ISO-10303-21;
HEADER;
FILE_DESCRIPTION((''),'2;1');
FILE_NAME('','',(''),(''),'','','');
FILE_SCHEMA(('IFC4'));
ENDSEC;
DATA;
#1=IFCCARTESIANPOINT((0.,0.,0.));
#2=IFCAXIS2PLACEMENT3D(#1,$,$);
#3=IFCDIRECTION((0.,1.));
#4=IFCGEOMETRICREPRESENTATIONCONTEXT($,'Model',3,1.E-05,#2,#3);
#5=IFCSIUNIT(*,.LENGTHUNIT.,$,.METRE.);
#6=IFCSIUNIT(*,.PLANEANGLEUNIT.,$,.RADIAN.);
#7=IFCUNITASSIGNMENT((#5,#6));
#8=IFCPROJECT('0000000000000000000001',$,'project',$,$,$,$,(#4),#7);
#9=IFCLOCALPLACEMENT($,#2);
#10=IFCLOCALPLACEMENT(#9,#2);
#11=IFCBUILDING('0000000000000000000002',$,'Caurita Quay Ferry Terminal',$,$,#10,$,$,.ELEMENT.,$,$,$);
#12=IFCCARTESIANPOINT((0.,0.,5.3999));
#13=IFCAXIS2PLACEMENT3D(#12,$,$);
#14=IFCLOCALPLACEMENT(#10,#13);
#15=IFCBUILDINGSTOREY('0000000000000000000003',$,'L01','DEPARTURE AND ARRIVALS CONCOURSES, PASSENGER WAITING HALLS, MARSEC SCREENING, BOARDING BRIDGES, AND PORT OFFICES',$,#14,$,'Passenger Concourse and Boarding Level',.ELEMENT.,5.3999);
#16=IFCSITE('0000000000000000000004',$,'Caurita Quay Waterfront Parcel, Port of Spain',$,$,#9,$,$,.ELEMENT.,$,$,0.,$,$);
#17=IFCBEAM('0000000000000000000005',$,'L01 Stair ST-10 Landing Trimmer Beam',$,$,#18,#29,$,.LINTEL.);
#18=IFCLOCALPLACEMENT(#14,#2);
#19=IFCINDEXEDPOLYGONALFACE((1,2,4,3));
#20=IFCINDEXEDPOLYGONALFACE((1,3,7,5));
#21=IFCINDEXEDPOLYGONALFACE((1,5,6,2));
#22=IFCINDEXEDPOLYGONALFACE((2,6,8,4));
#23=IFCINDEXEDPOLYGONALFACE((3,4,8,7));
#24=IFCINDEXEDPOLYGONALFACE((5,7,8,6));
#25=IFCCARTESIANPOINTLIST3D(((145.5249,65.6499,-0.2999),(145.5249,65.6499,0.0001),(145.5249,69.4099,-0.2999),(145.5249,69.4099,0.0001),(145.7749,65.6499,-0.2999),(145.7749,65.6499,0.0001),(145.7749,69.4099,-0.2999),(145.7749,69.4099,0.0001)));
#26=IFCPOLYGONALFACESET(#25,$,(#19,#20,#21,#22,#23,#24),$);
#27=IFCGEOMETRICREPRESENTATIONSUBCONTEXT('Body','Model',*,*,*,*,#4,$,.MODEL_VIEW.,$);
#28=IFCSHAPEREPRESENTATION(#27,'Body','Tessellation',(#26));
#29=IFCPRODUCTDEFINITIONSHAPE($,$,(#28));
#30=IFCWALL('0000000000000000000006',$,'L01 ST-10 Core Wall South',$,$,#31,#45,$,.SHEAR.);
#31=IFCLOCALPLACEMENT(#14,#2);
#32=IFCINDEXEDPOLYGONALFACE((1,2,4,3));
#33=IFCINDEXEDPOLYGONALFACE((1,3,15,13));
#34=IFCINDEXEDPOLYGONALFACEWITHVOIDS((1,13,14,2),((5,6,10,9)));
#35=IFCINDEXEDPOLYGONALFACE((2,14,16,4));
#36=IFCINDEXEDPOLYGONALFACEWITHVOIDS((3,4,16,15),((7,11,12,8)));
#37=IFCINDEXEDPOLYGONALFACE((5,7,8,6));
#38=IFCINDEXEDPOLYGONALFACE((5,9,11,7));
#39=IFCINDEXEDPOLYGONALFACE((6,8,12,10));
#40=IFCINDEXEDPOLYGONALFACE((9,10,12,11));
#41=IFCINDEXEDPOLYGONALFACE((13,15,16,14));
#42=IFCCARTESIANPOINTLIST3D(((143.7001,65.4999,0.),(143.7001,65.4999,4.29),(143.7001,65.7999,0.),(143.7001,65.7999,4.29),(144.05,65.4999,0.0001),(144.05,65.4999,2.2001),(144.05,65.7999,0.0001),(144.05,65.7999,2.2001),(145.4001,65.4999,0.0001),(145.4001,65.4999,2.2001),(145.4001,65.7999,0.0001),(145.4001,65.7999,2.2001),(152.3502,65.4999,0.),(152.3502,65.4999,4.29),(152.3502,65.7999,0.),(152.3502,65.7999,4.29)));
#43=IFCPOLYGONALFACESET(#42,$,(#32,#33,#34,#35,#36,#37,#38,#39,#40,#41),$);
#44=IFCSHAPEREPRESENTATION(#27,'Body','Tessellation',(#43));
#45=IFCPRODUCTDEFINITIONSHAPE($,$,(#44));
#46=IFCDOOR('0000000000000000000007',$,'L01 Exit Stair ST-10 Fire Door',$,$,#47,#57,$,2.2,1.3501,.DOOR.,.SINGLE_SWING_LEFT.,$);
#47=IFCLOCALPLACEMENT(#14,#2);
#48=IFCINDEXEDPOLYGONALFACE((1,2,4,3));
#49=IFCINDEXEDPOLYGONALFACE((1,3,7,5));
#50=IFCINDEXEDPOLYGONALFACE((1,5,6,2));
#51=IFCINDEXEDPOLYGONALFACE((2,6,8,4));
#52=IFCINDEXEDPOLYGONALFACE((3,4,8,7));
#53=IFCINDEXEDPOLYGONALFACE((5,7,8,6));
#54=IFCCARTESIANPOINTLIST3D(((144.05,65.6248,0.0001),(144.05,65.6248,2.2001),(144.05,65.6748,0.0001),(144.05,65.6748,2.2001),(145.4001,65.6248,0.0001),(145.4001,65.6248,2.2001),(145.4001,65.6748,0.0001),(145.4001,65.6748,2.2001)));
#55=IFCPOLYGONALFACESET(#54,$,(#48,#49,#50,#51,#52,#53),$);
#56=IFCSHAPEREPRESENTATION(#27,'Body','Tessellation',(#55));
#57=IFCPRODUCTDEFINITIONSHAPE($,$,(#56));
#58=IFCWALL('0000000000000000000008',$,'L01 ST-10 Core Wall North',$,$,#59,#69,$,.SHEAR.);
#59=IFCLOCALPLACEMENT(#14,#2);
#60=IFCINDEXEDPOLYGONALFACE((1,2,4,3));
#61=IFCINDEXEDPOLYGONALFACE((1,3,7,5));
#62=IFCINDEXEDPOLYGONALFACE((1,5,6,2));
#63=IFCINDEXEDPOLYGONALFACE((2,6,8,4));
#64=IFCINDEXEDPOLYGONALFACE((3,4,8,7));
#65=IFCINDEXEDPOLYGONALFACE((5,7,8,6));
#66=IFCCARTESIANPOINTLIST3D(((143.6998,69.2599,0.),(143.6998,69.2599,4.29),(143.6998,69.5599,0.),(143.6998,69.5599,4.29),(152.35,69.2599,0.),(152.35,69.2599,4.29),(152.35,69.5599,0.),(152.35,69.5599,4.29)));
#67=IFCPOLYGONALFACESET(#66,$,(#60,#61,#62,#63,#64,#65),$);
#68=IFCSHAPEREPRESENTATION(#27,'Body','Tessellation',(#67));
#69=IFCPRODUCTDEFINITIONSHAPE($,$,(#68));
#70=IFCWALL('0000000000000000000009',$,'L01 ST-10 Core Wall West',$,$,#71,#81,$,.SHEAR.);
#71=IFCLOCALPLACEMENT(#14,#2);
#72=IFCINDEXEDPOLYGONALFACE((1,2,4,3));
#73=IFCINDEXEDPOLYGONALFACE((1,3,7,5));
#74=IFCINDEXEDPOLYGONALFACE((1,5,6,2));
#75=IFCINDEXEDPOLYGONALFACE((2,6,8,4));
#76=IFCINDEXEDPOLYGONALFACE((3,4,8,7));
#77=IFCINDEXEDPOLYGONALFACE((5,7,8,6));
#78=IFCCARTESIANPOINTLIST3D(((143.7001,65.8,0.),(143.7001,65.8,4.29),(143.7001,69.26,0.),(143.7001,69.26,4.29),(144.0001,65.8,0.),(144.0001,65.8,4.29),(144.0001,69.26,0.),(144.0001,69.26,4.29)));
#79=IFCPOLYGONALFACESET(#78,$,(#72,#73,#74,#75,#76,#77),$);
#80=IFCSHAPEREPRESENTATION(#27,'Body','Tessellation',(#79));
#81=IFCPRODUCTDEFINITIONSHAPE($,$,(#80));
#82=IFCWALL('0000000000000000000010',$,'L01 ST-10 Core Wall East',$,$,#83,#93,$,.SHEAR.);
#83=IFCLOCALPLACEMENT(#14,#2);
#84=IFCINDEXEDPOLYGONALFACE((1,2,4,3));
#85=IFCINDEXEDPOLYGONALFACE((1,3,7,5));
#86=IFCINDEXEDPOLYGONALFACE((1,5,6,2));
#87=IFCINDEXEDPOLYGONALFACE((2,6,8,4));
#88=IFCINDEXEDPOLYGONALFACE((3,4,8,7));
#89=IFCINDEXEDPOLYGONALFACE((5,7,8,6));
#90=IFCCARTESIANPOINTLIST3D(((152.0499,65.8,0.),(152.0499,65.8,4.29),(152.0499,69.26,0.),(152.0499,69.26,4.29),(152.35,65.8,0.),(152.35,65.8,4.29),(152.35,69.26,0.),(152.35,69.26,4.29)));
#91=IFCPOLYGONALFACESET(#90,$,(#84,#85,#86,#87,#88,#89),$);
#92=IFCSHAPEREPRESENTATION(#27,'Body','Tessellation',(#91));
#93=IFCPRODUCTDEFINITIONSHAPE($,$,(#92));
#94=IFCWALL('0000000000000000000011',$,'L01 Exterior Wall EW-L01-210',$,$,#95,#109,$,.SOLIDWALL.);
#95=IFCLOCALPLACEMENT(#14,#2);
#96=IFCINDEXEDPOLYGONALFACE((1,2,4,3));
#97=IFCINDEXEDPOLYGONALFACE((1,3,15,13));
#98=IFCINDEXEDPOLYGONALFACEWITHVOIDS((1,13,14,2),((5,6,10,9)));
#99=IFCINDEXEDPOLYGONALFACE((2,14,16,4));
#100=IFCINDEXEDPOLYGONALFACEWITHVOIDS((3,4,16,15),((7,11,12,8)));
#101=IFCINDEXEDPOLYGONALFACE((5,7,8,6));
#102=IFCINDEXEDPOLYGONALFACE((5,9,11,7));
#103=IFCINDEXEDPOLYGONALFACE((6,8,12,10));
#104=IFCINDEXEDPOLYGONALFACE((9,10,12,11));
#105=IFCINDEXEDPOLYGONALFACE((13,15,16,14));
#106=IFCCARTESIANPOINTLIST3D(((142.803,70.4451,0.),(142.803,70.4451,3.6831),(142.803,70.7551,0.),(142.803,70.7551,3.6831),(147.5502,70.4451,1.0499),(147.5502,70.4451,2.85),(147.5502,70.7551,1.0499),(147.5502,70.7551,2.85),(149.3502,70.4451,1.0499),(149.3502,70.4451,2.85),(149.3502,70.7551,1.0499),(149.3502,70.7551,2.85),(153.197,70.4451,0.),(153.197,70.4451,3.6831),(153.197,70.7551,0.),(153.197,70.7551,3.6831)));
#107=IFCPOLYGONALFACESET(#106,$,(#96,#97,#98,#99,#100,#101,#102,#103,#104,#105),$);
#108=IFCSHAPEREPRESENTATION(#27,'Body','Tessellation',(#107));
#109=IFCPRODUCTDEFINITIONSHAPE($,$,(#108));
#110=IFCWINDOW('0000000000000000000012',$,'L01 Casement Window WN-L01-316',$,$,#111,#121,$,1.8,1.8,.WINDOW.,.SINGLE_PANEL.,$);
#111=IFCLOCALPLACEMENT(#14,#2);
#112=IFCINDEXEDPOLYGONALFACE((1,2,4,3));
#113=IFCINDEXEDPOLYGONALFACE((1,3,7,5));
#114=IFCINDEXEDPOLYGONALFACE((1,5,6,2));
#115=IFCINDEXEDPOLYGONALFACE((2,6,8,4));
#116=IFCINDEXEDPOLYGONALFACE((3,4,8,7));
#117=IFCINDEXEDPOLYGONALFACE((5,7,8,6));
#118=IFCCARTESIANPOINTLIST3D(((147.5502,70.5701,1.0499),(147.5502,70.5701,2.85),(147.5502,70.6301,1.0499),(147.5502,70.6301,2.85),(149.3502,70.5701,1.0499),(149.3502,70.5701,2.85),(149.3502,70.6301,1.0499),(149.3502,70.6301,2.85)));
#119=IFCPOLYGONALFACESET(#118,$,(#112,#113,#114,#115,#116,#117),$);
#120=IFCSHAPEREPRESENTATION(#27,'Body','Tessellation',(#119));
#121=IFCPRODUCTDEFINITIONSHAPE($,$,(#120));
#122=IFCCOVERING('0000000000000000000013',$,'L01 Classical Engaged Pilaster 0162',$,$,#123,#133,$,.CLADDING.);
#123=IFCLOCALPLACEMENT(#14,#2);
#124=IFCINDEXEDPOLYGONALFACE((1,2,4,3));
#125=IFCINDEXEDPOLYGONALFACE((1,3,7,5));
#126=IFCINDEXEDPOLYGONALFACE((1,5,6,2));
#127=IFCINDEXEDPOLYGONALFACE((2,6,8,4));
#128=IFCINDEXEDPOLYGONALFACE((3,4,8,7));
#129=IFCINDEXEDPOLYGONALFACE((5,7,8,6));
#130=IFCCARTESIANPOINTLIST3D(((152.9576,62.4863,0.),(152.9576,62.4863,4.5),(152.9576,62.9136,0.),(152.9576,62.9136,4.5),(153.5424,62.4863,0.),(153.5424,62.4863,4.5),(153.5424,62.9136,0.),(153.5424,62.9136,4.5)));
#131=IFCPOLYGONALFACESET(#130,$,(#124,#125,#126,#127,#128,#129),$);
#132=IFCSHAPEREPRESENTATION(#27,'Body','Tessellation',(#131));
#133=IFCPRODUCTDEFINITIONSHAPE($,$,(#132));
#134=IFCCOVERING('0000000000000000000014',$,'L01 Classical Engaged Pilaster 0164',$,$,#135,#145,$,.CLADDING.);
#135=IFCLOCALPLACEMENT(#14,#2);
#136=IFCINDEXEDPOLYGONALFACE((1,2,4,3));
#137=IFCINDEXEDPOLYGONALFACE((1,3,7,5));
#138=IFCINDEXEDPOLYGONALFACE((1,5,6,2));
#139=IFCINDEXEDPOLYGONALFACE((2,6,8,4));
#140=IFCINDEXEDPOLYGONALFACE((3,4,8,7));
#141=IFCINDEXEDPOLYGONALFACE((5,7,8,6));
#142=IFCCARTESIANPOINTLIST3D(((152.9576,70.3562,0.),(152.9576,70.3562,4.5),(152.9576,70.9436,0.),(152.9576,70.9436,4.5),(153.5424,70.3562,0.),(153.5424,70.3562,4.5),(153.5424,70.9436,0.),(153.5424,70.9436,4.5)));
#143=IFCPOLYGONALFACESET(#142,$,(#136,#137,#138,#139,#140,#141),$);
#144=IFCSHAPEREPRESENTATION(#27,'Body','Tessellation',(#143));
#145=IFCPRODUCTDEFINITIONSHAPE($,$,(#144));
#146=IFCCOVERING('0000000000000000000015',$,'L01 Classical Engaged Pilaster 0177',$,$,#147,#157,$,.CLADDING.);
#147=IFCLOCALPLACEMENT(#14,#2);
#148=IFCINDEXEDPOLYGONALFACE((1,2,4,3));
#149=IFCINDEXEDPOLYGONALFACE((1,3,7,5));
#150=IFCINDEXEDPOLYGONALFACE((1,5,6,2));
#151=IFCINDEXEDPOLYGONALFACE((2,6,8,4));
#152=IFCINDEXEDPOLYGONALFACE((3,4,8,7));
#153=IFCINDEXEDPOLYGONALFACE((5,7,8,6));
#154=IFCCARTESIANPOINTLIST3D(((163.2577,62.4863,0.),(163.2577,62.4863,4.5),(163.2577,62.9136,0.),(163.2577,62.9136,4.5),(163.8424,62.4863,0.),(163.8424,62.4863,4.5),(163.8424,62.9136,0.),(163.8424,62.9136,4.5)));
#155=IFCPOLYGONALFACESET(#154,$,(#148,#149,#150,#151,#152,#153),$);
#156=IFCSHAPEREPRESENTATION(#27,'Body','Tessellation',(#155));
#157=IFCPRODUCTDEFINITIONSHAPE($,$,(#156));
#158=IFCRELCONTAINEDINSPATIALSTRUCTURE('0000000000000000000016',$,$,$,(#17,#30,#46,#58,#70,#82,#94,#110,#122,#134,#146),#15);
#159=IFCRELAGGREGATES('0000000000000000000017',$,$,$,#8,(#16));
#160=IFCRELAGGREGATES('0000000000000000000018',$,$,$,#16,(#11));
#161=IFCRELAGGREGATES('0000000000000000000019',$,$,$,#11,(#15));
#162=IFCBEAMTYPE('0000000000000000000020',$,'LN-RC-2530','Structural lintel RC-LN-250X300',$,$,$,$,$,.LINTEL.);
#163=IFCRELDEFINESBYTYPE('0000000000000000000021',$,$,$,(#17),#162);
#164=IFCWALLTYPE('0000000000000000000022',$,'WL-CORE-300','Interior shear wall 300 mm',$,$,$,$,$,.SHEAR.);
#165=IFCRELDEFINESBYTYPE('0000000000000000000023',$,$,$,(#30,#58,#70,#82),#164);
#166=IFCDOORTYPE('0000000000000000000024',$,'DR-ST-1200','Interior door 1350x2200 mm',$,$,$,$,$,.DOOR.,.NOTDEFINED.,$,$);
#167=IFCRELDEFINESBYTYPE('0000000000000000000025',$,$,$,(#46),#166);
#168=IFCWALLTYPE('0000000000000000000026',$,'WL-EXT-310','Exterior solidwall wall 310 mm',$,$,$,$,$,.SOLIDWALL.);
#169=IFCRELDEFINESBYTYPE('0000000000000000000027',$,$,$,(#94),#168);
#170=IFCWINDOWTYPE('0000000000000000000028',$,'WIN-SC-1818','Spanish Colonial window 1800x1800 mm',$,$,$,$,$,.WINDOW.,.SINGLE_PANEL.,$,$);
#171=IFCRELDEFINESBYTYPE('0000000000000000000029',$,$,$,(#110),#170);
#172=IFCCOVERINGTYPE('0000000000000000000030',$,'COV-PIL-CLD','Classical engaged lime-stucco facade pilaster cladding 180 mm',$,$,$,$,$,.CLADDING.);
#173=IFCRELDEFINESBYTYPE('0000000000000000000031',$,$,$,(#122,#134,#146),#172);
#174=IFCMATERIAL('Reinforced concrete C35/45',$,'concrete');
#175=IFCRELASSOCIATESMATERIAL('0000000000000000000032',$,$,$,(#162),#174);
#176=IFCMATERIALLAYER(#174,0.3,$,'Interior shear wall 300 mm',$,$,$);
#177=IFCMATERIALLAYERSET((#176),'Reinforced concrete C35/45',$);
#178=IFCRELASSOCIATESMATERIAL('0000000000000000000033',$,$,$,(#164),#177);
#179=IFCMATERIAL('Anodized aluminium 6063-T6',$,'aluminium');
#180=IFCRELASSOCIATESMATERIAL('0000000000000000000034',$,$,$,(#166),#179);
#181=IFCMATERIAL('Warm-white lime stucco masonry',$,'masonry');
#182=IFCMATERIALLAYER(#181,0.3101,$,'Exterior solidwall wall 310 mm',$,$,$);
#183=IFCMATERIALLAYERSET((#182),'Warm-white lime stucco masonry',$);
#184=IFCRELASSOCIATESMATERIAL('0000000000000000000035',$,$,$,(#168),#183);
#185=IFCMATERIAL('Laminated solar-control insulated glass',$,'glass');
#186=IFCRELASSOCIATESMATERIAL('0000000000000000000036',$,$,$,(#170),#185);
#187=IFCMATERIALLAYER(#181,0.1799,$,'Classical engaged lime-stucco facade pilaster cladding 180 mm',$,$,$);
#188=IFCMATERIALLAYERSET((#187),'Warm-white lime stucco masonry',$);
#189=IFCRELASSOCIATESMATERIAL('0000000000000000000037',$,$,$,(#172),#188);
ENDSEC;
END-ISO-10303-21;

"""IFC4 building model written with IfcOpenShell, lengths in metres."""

from ifc_helpers import new_model, si_unit, direction, frame, frame_2d, origin, origin_2d, place, context, subcontext, project, spatial, rectangle, extrude, material, layer, layer_set, material_profile, profile_set, type_object, element, fill, save


model = new_model("IFC4")

# Units and contexts
model_context = context("Model", 3, precision=1e-05, world=origin(), true_north=direction((0.0, 1.0)))
body_context = subcontext(model_context, "Body", "Model", "MODEL_VIEW")
ifc_project = project(units=[si_unit("LENGTHUNIT", "METRE"), si_unit("PLANEANGLEUNIT", "RADIAN")], contexts=[model_context])

# Site, building, storey
site_placement = place(None, origin())
site = spatial("IfcSite", under=ifc_project, at=site_placement, Name="Caurita Quay Waterfront Parcel, Port of Spain", CompositionType="ELEMENT", RefElevation=0.0)
building_placement = place(site_placement, origin())
building = spatial("IfcBuilding", under=site, at=building_placement, Name="Caurita Quay Ferry Terminal", CompositionType="ELEMENT")
storey_placement = place(building_placement, frame((0.0, 0.0, 5.3999)))
storey = spatial("IfcBuildingStorey", under=building, at=storey_placement, Name="L01", Description="DEPARTURE AND ARRIVALS CONCOURSES, PASSENGER WAITING HALLS, MARSEC SCREENING, BOARDING BRIDGES, AND PORT OFFICES", LongName="Passenger Concourse and Boarding Level", CompositionType="ELEMENT", Elevation=5.3999)

# Beam
ifc_material_1 = material(Name="Reinforced concrete C35/45", Category="concrete")
ifc_material_profile_1 = material_profile(ifc_material_1, rectangle(XDim=0.25, YDim=0.3, at=origin_2d()), Name="RC-LN-250X300")
ifc_profile_set_1 = profile_set([ifc_material_profile_1], Name="Reinforced concrete C35/45")
beam_type_1 = type_object("IfcBeamType", Name="LN-RC-2530", Description="Structural lintel RC-LN-250X300", PredefinedType="LINTEL", material=ifc_profile_set_1)
beam_1_placement = place(storey_placement, frame((145.6499, 65.6499, -0.1499), z_axis=(0.0, 1.0, 0.0), x_axis=(-1.0, 0.0, 0.0)))
element("IfcBeam", 1, at=beam_1_placement, inside=storey, type_object=beam_type_1, Name="L01 Stair ST-10 Landing Trimmer Beam", PredefinedType="LINTEL", context=body_context, shape_type="SweptSolid", body=[
    extrude(rectangle(XDim=0.25, YDim=0.3, at=origin_2d()), origin(), (0.0, 0.0, 1.0), 3.76),
])

# Wall, opening, door
ifc_layer_1 = layer(ifc_material_1, 0.3, Name="Interior shear wall 300 mm")
ifc_layer_set_1 = layer_set([ifc_layer_1], Name="Reinforced concrete C35/45")
wall_type_1 = type_object("IfcWallType", Name="WL-CORE-300", Description="Interior shear wall 300 mm", PredefinedType="SHEAR", material=ifc_layer_set_1)
wall_1_placement = place(storey_placement, frame((143.7, 65.6499, 0.0), z_axis=(0.0, 0.0, 1.0), x_axis=(1.0, 0.0, 0.0)))
wall_1 = element("IfcWall", 2, at=wall_1_placement, inside=storey, type_object=wall_type_1, Name="L01 ST-10 Core Wall South", PredefinedType="SHEAR", context=body_context, shape_type="SweptSolid", body=[
    extrude(rectangle(XDim=8.6501, YDim=0.3, at=frame_2d((4.3252, 0.0))), origin(), (0.0, 0.0, 1.0), 4.29),
])
opening_1_placement = place(wall_1_placement, frame((0.3501, 0.0, 0.0)))
opening_1 = element("IfcOpeningElement", 3, at=opening_1_placement, cuts=wall_1, PredefinedType="OPENING", context=body_context, shape_type="SweptSolid", body=[
    extrude(rectangle(XDim=1.3501, YDim=2.2, at=frame_2d((0.675, 1.1001))), frame((0.0, 0.1599, 0.0), z_axis=(0.0, -1.0, 0.0), x_axis=(1.0, 0.0, 0.0)), (0.0, 0.0, 1.0), 0.3201),
])
ifc_material_2 = material(Name="Anodized aluminium 6063-T6", Category="aluminium")
door_type = type_object("IfcDoorType", Name="DR-ST-1200", Description="Interior door 1350x2200 mm", OperationType="NOTDEFINED", PredefinedType="DOOR", material=ifc_material_2)
door_placement = place(opening_1_placement, origin())
door = element("IfcDoor", 4, at=door_placement, inside=storey, type_object=door_type, Name="L01 Exit Stair ST-10 Fire Door", OperationType="SINGLE_SWING_LEFT", OverallHeight=2.2, OverallWidth=1.3501, PredefinedType="DOOR", context=body_context, shape_type="SweptSolid", body=[
    extrude(rectangle(XDim=1.3501, YDim=2.2, at=frame_2d((0.675, 1.1001))), frame((0.0, 0.0249, 0.0), z_axis=(0.0, -1.0, 0.0), x_axis=(1.0, 0.0, 0.0)), (0.0, 0.0, 1.0), 0.05),
])
fill(opening_1, door)

# Walls
wall_2_placement = place(storey_placement, frame((152.3501, 69.4099, 0.0), z_axis=(0.0, 0.0, 1.0), x_axis=(-1.0, 0.0, 0.0)))
element("IfcWall", 5, at=wall_2_placement, inside=storey, type_object=wall_type_1, Name="L01 ST-10 Core Wall North", PredefinedType="SHEAR", context=body_context, shape_type="SweptSolid", body=[
    extrude(rectangle(XDim=8.6501, YDim=0.3, at=frame_2d((4.3252, 0.0))), origin(), (0.0, 0.0, 1.0), 4.29),
])
for number, where, z_axis, x_axis, name in (
    (6, (143.8501, 69.26, 0.0), (0.0, 0.0, 1.0), (0.0, -1.0, 0.0), "L01 ST-10 Core Wall West"),
    (7, (152.2, 65.8, 0.0), (0.0, 0.0, 1.0), (0.0, 1.0, 0.0), "L01 ST-10 Core Wall East"),
):
    element("IfcWall", number, at=place(storey_placement, frame(where, z_axis=z_axis, x_axis=x_axis)), inside=storey, type_object=wall_type_1, Name=name, PredefinedType="SHEAR", context=body_context, shape_type="SweptSolid", body=[
        extrude(rectangle(XDim=3.46, YDim=0.3, at=frame_2d((1.73, 0.0))), origin(), (0.0, 0.0, 1.0), 4.29),
    ])

# Wall, opening, window
ifc_material_3 = material(Name="Warm-white lime stucco masonry", Category="masonry")
ifc_layer_2 = layer(ifc_material_3, 0.3101, Name="Exterior solidwall wall 310 mm")
ifc_layer_set_2 = layer_set([ifc_layer_2], Name="Warm-white lime stucco masonry")
wall_type_2 = type_object("IfcWallType", Name="WL-EXT-310", Description="Exterior solidwall wall 310 mm", PredefinedType="SOLIDWALL", material=ifc_layer_set_2)
wall_3_placement = place(storey_placement, frame((153.197, 70.6001, 0.0), z_axis=(0.0, 0.0, 1.0), x_axis=(-1.0, 0.0, 0.0)))
wall_3 = element("IfcWall", 8, at=wall_3_placement, inside=storey, type_object=wall_type_2, Name="L01 Exterior Wall EW-L01-210", PredefinedType="SOLIDWALL", context=body_context, shape_type="SweptSolid", body=[
    extrude(rectangle(XDim=10.394, YDim=0.3101, at=frame_2d((5.197, 0.0))), origin(), (0.0, 0.0, 1.0), 3.6831),
])
opening_2_placement = place(wall_3_placement, frame((3.8469, 0.0, 1.05)))
opening_2 = element("IfcOpeningElement", 9, at=opening_2_placement, cuts=wall_3, PredefinedType="OPENING", context=body_context, shape_type="SweptSolid", body=[
    extrude(rectangle(XDim=1.8, YDim=1.8, at=frame_2d((0.8999, 0.8999))), frame((0.0, 0.165, 0.0), z_axis=(0.0, -1.0, 0.0), x_axis=(1.0, 0.0, 0.0)), (0.0, 0.0, 1.0), 0.3301),
])
ifc_material_4 = material(Name="Laminated solar-control insulated glass", Category="glass")
window_type = type_object("IfcWindowType", Name="WIN-SC-1818", Description="Spanish Colonial window 1800x1800 mm", PartitioningType="SINGLE_PANEL", PredefinedType="WINDOW", material=ifc_material_4)
window_placement = place(opening_2_placement, origin())
window = element("IfcWindow", 10, at=window_placement, inside=storey, type_object=window_type, Name="L01 Casement Window WN-L01-316", OverallHeight=1.8, OverallWidth=1.8, PartitioningType="SINGLE_PANEL", PredefinedType="WINDOW", context=body_context, shape_type="SweptSolid", body=[
    extrude(rectangle(XDim=1.8, YDim=1.8, at=frame_2d((0.8999, 0.8999))), frame((0.0, 0.03, 0.0), z_axis=(0.0, -1.0, 0.0), x_axis=(1.0, 0.0, 0.0)), (0.0, 0.0, 1.0), 0.0601),
])
fill(opening_2, window)

# Coverings
ifc_layer_3 = layer(ifc_material_3, 0.1799, Name="Classical engaged lime-stucco facade pilaster cladding 180 mm")
ifc_layer_set_3 = layer_set([ifc_layer_3], Name="Warm-white lime stucco masonry")
covering_type_1 = type_object("IfcCoveringType", Name="COV-PIL-CLD", Description="Classical engaged lime-stucco facade pilaster cladding 180 mm", PredefinedType="CLADDING", material=ifc_layer_set_3)
covering_1_placement = place(storey_placement, frame((153.25, 62.7, 0.0), z_axis=(0.0, 0.0, 1.0), x_axis=(1.0, 0.0, 0.0)))
element("IfcCovering", 11, at=covering_1_placement, inside=storey, type_object=covering_type_1, Name="L01 Classical Engaged Pilaster 0162", PredefinedType="CLADDING", context=body_context, shape_type="SweptSolid", body=[
    extrude(rectangle(XDim=0.5847, YDim=0.4272, at=origin_2d()), origin(), (0.0, 0.0, 1.0), 4.5),
])
covering_2_placement = place(storey_placement, frame((153.25, 70.6499, 0.0), z_axis=(0.0, 0.0, 1.0), x_axis=(1.0, 0.0, 0.0)))
element("IfcCovering", 12, at=covering_2_placement, inside=storey, type_object=covering_type_1, Name="L01 Classical Engaged Pilaster 0164", PredefinedType="CLADDING", context=body_context, shape_type="SweptSolid", body=[
    extrude(rectangle(XDim=0.5847, YDim=0.5874, at=origin_2d()), origin(), (0.0, 0.0, 1.0), 4.5),
])
covering_3_placement = place(storey_placement, frame((163.55, 62.7, 0.0), z_axis=(0.0, 0.0, 1.0), x_axis=(1.0, 0.0, 0.0)))
element("IfcCovering", 13, at=covering_3_placement, inside=storey, type_object=covering_type_1, Name="L01 Classical Engaged Pilaster 0177", PredefinedType="CLADDING", context=body_context, shape_type="SweptSolid", body=[
    extrude(rectangle(XDim=0.5847, YDim=0.4272, at=origin_2d()), origin(), (0.0, 0.0, 1.0), 4.5),
])

save(model, "model.ifc")
